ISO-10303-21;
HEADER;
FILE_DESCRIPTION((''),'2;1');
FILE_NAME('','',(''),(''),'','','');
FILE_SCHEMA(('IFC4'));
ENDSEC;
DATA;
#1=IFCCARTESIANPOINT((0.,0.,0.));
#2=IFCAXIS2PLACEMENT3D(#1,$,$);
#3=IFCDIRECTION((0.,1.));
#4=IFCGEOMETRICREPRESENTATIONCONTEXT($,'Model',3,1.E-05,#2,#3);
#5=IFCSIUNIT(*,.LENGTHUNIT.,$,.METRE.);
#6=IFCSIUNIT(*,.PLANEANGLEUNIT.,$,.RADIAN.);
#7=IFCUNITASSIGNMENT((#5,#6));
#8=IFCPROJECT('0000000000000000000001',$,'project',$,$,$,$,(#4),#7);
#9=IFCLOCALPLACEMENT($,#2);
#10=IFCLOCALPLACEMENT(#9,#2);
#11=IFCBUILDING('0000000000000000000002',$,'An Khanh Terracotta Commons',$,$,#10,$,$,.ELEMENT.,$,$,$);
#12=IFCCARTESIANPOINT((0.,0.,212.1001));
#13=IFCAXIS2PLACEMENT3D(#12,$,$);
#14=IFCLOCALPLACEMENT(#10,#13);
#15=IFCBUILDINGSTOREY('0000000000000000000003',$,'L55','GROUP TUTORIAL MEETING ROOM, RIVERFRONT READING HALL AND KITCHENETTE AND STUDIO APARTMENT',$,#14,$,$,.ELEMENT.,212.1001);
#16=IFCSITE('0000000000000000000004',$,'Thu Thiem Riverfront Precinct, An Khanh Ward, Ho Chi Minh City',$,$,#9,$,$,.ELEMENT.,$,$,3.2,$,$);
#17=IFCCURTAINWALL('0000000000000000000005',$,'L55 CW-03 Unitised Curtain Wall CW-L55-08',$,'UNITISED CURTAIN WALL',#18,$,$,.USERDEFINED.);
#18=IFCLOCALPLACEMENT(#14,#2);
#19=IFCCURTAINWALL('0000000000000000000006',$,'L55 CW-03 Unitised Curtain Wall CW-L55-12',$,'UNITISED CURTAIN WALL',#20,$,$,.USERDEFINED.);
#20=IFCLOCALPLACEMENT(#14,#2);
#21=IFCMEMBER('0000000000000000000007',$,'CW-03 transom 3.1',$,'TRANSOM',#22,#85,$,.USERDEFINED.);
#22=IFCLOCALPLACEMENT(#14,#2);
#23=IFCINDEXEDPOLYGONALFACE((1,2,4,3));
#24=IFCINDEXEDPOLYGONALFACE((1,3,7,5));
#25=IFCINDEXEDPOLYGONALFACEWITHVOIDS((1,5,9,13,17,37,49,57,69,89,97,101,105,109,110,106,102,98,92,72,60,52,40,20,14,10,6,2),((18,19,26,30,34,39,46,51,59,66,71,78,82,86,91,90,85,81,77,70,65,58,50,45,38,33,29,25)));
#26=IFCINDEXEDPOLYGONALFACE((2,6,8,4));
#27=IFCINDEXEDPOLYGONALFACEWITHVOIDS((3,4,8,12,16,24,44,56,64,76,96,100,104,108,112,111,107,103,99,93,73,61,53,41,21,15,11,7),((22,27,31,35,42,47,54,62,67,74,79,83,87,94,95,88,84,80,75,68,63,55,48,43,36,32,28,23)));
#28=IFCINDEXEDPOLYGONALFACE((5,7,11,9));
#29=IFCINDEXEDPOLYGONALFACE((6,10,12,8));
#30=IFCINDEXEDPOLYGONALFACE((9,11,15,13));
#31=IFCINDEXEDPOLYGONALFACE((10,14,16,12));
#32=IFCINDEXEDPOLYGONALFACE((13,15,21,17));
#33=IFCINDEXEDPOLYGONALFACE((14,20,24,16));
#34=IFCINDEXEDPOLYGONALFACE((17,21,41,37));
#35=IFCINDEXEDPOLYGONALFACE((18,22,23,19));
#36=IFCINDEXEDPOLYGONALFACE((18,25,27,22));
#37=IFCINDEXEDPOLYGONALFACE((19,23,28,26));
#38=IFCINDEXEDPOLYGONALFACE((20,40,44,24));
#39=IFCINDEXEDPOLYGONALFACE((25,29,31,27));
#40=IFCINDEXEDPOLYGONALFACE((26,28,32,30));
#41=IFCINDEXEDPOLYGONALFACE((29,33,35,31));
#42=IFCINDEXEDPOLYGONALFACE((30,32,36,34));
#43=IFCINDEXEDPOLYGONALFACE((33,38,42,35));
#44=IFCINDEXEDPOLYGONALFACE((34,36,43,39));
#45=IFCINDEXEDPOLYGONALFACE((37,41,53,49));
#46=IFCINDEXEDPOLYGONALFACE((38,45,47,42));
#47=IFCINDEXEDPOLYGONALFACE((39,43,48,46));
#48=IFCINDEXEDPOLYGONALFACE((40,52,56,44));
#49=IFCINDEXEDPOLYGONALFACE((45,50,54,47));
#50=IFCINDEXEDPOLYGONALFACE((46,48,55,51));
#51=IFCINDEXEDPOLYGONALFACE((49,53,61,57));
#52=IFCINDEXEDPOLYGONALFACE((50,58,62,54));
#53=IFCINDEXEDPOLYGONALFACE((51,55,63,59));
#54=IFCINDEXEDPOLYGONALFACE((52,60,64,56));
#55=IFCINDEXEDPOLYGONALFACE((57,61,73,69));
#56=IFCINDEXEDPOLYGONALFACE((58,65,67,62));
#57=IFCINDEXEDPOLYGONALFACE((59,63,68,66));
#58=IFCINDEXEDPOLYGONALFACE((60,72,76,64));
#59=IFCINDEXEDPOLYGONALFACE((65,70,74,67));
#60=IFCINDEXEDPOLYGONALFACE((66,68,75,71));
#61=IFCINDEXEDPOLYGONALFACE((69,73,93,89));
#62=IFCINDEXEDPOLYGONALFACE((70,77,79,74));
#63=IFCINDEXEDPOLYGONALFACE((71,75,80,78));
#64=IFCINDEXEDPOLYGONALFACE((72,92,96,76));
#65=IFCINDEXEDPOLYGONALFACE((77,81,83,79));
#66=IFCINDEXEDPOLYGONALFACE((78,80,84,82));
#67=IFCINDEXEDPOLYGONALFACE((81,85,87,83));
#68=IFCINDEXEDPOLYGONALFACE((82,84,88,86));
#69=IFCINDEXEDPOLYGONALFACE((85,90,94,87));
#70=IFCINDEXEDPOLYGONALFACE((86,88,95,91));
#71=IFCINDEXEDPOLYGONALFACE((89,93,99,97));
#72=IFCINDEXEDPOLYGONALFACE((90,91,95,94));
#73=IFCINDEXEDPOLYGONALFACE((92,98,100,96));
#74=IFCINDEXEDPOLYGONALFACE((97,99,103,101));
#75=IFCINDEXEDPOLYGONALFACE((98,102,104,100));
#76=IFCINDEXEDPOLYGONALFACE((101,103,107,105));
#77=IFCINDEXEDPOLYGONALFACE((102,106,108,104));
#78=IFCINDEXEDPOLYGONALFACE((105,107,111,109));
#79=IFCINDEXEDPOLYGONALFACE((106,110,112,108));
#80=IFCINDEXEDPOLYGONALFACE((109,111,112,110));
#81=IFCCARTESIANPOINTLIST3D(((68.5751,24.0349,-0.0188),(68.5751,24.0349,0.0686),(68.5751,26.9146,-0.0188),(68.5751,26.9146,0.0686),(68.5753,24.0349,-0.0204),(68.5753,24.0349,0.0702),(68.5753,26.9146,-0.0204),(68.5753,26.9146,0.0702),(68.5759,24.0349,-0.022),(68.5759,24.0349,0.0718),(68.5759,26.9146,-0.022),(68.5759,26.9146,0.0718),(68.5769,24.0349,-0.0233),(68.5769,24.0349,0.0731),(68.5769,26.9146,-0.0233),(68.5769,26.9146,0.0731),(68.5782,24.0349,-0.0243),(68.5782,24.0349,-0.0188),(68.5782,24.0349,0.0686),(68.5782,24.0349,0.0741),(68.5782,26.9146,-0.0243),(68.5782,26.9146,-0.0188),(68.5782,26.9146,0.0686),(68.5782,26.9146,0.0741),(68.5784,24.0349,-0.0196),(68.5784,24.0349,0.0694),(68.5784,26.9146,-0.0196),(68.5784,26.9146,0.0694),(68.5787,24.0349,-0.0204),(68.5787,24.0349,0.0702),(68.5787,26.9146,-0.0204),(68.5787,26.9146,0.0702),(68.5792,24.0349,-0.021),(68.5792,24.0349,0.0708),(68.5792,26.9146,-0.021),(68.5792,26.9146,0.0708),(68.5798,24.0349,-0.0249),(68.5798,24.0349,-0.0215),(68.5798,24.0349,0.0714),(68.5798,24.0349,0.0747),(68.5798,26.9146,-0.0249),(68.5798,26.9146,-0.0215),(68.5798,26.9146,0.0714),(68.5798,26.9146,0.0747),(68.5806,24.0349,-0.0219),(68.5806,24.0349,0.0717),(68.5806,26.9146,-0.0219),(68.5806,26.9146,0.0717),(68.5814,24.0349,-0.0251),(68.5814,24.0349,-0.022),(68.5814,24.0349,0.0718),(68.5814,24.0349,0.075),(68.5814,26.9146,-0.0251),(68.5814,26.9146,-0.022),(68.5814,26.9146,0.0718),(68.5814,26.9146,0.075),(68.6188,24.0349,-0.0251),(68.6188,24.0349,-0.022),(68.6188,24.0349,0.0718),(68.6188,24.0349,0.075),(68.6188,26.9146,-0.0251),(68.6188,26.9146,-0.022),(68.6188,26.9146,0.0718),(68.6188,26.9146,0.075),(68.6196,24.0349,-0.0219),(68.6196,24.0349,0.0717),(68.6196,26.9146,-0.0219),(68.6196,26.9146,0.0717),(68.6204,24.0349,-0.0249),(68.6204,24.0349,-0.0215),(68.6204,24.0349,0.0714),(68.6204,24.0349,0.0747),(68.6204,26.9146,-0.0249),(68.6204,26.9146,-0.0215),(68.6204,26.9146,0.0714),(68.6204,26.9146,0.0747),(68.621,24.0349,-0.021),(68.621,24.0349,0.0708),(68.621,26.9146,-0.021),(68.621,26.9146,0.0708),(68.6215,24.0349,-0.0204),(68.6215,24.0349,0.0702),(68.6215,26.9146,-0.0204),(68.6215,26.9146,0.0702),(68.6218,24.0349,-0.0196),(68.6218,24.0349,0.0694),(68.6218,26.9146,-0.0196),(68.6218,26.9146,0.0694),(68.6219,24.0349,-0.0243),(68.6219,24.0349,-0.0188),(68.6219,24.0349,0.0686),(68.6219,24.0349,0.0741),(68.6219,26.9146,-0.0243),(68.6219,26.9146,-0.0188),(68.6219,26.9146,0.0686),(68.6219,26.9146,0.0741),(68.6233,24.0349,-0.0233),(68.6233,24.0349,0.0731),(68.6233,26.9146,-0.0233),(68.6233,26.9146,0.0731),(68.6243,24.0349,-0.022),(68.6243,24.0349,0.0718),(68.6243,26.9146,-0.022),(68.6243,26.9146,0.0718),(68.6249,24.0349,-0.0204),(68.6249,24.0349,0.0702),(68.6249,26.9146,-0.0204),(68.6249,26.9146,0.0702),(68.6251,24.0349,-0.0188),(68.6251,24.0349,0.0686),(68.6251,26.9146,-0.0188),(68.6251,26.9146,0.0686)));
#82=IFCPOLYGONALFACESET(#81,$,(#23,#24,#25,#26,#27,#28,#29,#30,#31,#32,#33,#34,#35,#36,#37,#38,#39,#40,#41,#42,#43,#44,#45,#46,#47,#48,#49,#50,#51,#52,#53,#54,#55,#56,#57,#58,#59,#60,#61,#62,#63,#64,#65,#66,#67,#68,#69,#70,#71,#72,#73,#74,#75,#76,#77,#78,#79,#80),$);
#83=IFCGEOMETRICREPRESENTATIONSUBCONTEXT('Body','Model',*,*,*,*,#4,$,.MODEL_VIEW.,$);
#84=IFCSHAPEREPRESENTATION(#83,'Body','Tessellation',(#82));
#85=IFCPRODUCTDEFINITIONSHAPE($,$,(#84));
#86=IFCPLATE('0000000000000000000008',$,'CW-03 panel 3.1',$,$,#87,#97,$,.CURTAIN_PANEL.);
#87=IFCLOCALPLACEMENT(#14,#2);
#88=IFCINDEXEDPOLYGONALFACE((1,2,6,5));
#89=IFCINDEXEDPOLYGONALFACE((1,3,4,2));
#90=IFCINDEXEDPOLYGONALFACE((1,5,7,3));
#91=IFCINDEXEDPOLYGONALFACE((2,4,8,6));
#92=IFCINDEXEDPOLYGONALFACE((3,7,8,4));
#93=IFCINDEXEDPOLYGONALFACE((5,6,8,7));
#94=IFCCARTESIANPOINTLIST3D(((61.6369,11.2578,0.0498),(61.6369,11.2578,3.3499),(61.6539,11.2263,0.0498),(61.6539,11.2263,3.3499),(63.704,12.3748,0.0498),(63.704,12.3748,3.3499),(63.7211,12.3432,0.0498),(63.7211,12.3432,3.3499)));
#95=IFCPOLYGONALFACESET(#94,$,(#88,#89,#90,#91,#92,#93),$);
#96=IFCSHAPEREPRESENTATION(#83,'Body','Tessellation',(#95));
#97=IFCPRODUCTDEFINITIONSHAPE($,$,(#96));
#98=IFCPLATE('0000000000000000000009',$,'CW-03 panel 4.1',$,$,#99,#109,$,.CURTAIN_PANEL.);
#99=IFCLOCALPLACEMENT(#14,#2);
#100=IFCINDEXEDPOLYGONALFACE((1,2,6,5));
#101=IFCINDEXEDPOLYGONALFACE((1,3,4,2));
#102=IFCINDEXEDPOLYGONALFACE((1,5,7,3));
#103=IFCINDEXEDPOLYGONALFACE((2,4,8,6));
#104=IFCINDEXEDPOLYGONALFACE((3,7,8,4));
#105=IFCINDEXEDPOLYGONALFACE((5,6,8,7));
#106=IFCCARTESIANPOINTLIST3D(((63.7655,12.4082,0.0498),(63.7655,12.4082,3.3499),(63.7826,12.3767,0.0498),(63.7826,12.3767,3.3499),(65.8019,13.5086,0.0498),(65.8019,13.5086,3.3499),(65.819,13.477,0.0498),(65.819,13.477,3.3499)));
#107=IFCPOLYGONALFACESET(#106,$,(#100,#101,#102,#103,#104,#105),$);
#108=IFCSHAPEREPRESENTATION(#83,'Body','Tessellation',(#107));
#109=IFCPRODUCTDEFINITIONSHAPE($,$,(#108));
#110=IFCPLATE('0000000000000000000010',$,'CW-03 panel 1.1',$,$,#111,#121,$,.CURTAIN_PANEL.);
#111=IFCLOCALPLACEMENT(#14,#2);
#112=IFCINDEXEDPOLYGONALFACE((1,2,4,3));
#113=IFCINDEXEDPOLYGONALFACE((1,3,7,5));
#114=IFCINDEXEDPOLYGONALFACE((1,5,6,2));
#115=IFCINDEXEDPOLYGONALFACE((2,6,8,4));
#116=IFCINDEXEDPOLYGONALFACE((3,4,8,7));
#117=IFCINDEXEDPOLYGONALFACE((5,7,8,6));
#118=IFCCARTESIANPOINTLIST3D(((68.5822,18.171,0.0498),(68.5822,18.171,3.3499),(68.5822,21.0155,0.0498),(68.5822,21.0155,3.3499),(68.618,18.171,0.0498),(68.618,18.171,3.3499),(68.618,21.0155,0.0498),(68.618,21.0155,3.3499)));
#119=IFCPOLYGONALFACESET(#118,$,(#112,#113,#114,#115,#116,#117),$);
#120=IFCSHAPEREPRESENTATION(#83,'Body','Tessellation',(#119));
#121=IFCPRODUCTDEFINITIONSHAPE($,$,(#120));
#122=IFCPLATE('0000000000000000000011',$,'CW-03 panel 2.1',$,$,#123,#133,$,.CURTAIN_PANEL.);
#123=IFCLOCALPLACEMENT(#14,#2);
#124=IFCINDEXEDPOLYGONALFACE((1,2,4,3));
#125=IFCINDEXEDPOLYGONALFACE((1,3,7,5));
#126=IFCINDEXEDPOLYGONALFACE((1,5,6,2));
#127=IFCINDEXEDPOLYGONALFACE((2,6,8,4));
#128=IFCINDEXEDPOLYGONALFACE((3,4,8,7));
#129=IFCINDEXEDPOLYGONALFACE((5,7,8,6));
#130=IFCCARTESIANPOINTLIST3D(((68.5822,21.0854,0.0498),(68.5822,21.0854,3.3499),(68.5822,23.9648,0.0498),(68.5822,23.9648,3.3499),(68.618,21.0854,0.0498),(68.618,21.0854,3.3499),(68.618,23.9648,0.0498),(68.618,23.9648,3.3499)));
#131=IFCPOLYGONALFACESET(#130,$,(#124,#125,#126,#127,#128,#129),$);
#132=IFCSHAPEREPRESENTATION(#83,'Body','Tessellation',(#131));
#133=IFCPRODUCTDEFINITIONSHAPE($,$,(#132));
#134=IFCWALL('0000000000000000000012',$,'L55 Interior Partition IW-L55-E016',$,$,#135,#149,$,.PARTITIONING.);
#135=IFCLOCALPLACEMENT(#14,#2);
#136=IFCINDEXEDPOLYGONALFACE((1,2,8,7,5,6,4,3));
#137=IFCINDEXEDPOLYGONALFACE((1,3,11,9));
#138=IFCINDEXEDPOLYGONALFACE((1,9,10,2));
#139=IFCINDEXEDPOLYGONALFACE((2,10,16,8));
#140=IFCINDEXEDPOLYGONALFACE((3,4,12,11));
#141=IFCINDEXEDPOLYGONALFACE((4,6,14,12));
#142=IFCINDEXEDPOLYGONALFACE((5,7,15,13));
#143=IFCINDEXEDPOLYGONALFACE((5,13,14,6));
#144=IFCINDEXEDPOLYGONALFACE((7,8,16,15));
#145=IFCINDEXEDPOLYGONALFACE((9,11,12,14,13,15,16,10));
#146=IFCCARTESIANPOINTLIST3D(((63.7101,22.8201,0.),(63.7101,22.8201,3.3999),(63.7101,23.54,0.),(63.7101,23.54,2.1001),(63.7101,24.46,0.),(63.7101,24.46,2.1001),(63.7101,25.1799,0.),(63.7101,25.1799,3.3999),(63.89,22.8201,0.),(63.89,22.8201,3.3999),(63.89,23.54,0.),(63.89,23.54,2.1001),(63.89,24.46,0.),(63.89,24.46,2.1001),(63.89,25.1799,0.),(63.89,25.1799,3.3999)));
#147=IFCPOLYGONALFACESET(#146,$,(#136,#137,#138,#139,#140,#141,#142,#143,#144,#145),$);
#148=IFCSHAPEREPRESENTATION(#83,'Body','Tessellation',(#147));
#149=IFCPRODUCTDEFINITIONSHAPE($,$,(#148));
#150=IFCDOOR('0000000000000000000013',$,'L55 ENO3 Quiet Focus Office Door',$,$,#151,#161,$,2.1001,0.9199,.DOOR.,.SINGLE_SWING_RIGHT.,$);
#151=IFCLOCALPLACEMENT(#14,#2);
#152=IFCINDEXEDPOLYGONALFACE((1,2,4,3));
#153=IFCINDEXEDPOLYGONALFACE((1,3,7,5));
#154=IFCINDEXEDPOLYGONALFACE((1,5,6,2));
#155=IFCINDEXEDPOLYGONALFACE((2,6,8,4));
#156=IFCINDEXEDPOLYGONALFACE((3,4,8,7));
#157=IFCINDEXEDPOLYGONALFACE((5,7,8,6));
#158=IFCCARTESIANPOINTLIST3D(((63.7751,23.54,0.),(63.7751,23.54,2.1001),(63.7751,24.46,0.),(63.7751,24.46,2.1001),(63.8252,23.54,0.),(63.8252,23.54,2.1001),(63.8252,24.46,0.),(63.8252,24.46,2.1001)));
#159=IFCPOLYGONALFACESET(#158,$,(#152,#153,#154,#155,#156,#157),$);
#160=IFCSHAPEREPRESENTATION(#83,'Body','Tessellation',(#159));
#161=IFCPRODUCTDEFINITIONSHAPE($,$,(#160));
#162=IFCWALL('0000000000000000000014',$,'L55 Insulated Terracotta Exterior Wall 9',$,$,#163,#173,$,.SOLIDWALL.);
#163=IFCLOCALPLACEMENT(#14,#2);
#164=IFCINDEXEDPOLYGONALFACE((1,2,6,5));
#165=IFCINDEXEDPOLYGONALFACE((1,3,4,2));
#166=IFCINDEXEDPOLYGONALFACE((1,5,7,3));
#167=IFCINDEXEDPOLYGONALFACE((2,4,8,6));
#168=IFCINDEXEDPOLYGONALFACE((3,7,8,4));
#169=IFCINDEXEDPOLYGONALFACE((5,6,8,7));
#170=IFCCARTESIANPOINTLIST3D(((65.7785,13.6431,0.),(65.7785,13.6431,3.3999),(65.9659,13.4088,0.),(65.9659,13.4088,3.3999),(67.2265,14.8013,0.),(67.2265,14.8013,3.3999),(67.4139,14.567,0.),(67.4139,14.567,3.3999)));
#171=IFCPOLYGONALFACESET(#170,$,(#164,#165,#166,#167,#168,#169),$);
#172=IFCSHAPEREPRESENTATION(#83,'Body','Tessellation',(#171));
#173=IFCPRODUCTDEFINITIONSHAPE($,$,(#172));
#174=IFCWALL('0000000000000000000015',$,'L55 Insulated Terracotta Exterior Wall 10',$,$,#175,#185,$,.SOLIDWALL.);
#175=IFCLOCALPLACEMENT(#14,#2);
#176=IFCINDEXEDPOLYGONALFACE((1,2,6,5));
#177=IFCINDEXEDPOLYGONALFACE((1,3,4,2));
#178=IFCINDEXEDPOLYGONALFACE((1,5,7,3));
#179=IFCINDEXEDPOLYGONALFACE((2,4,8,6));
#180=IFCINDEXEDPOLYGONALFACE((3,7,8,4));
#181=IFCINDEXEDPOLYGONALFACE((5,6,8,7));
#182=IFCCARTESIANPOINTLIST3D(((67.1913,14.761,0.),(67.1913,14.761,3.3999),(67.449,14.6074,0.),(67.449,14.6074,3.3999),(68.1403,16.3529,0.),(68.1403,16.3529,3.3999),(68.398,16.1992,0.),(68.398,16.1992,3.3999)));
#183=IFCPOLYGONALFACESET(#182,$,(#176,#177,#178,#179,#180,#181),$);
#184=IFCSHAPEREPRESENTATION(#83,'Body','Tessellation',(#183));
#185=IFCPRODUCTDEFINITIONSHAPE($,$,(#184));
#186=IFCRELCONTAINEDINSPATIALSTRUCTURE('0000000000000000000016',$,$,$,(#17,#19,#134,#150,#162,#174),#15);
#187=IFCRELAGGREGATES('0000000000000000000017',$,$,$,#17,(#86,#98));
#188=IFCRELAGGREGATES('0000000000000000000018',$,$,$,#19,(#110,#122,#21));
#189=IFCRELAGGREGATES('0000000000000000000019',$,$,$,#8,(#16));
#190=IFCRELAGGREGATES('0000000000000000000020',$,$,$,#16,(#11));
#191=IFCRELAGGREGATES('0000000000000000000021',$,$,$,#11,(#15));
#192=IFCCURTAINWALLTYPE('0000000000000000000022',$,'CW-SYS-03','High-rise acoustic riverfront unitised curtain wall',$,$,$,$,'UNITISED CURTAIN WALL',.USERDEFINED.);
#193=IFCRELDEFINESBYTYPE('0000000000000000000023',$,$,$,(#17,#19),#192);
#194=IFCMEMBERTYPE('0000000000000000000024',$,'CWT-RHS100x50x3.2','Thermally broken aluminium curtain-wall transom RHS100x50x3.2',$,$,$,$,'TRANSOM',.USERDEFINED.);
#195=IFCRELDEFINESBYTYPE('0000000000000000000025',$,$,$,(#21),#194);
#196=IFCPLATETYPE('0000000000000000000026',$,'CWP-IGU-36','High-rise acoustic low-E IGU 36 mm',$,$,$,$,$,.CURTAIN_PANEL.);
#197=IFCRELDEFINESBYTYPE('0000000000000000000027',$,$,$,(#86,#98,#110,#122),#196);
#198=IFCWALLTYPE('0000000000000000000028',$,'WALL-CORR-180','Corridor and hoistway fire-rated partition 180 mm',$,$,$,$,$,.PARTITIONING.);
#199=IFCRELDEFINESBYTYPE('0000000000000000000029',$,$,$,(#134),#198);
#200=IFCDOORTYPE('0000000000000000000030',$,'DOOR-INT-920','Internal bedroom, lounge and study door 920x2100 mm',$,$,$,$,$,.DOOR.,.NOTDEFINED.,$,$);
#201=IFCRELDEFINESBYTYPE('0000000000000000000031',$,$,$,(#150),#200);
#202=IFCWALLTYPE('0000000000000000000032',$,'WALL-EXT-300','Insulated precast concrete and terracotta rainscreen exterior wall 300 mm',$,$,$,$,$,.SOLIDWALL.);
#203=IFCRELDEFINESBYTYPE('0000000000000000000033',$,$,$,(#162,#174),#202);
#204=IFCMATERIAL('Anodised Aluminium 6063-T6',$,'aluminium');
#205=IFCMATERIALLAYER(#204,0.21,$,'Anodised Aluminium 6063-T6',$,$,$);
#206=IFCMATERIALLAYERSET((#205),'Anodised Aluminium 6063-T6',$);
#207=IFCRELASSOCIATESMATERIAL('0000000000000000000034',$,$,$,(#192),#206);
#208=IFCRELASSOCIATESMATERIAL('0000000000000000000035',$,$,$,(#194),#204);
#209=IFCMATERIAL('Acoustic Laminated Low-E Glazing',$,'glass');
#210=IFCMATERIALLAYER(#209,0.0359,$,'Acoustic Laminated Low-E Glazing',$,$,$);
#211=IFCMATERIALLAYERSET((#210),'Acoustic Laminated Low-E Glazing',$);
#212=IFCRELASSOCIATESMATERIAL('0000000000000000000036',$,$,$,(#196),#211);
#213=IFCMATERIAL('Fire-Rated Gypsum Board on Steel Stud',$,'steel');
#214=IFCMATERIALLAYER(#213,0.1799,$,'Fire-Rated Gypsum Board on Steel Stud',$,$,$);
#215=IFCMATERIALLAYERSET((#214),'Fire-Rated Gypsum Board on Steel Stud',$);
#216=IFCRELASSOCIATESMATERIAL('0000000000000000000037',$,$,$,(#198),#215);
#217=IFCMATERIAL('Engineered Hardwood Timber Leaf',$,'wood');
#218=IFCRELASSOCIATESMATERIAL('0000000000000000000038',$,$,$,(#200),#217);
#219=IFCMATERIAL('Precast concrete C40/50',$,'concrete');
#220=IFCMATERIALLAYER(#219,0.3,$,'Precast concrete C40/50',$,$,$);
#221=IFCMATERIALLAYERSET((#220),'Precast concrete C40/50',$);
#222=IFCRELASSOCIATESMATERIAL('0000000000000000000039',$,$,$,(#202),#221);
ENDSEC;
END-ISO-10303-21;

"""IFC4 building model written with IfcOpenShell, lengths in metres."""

from ifc_helpers import new_model, si_unit, direction, frame, frame_2d, origin, origin_2d, place, context, subcontext, project, spatial, rectangle, hollow_rectangle, extrude, material, layer, layer_set, material_profile, profile_set, type_object, element, fill, aggregate, save


model = new_model("IFC4")

# Units and contexts
model_context = context("Model", 3, precision=1e-05, world=origin(), true_north=direction((0.0, 1.0)))
body_context = subcontext(model_context, "Body", "Model", "MODEL_VIEW")
ifc_project = project(units=[si_unit("LENGTHUNIT", "METRE"), si_unit("PLANEANGLEUNIT", "RADIAN")], contexts=[model_context])

# Site, building, storey
site_placement = place(None, origin())
site = spatial("IfcSite", under=ifc_project, at=site_placement, Name="Thu Thiem Riverfront Precinct, An Khanh Ward, Ho Chi Minh City", CompositionType="ELEMENT", RefElevation=3.2)
building_placement = place(site_placement, origin())
building = spatial("IfcBuilding", under=site, at=building_placement, Name="An Khanh Terracotta Commons", CompositionType="ELEMENT")
storey_placement = place(building_placement, frame((0.0, 0.0, 212.1001)))
storey = spatial("IfcBuildingStorey", under=building, at=storey_placement, Name="L55", Description="GROUP TUTORIAL MEETING ROOM, RIVERFRONT READING HALL AND KITCHENETTE AND STUDIO APARTMENT", CompositionType="ELEMENT", Elevation=212.1001)

# Curtain walls
ifc_material_1 = material(Name="Anodised Aluminium 6063-T6", Category="aluminium")
ifc_layer_1 = layer(ifc_material_1, 0.21, Name="Anodised Aluminium 6063-T6")
ifc_layer_set_1 = layer_set([ifc_layer_1], Name="Anodised Aluminium 6063-T6")
curtain_wall_type = type_object("IfcCurtainWallType", Name="CW-SYS-03", Description="High-rise acoustic riverfront unitised curtain wall", ElementType="UNITISED CURTAIN WALL", PredefinedType="USERDEFINED", material=ifc_layer_set_1)
curtain_wall_1_placement = place(storey_placement, origin())
curtain_wall_1 = element("IfcCurtainWall", 1, at=curtain_wall_1_placement, inside=storey, type_object=curtain_wall_type, Name="L55 CW-03 Unitised Curtain Wall CW-L55-08", ObjectType="UNITISED CURTAIN WALL", PredefinedType="USERDEFINED")
curtain_wall_2_placement = place(storey_placement, origin())
curtain_wall_2 = element("IfcCurtainWall", 2, at=curtain_wall_2_placement, inside=storey, type_object=curtain_wall_type, Name="L55 CW-03 Unitised Curtain Wall CW-L55-12", ObjectType="UNITISED CURTAIN WALL", PredefinedType="USERDEFINED")

# Member
ifc_material_profile_1 = material_profile(ifc_material_1, hollow_rectangle(XDim=0.05, YDim=0.1001, WallThickness=0.0032, InnerFilletRadius=0.0032, OuterFilletRadius=0.0063, at=origin_2d()), Name="RHS100x50x3.2")
ifc_profile_set_1 = profile_set([ifc_material_profile_1], Name="Anodised Aluminium 6063-T6")
member_type_1 = type_object("IfcMemberType", Name="CWT-RHS100x50x3.2", Description="Thermally broken aluminium curtain-wall transom RHS100x50x3.2", ElementType="TRANSOM", PredefinedType="USERDEFINED", material=ifc_profile_set_1)
member_1_placement = place(storey_placement, frame((68.6001, 24.0349, 0.0249), z_axis=(0.0, 1.0, 0.0), x_axis=(-1.0, 0.0, 0.0)))
member_1 = element("IfcMember", 3, at=member_1_placement, type_object=member_type_1, Name="CW-03 transom 3.1", ObjectType="TRANSOM", PredefinedType="USERDEFINED", context=body_context, shape_type="SweptSolid", body=[
    extrude(hollow_rectangle(XDim=0.05, YDim=0.1001, WallThickness=0.0032, InnerFilletRadius=0.0032, OuterFilletRadius=0.0063, at=origin_2d()), origin(), (0.0, 0.0, 1.0), 2.8796),
])

# Plates
ifc_material_2 = material(Name="Acoustic Laminated Low-E Glazing", Category="glass")
ifc_layer_2 = layer(ifc_material_2, 0.0359, Name="Acoustic Laminated Low-E Glazing")
ifc_layer_set_2 = layer_set([ifc_layer_2], Name="Acoustic Laminated Low-E Glazing")
plate_type = type_object("IfcPlateType", Name="CWP-IGU-36", Description="High-rise acoustic low-E IGU 36 mm", PredefinedType="CURTAIN_PANEL", material=ifc_layer_set_2)
plate_1_placement = place(storey_placement, frame((62.679, 11.8005, 0.0498), z_axis=(0.0, 0.0, 1.0), x_axis=(0.87978, 0.475381, 0.0)))
plate_1 = element("IfcPlate", 4, at=plate_1_placement, type_object=plate_type, Name="CW-03 panel 3.1", PredefinedType="CURTAIN_PANEL", context=body_context, shape_type="SweptSolid", body=[
    extrude(rectangle(XDim=2.3496, YDim=0.0359, at=origin_2d()), origin(), (0.0, 0.0, 1.0), 3.3),
])
plate_2_placement = place(storey_placement, frame((64.7922, 12.9426, 0.0498), z_axis=(0.0, 0.0, 1.0), x_axis=(0.87978, 0.475381, 0.0)))
plate_2 = element("IfcPlate", 5, at=plate_2_placement, type_object=plate_type, Name="CW-03 panel 4.1", PredefinedType="CURTAIN_PANEL", context=body_context, shape_type="SweptSolid", body=[
    extrude(rectangle(XDim=2.3147, YDim=0.0359, at=origin_2d()), origin(), (0.0, 0.0, 1.0), 3.3),
])
aggregate(curtain_wall_1, [plate_1, plate_2])
plate_3_placement = place(storey_placement, frame((68.6001, 19.5933, 0.0498), z_axis=(0.0, 0.0, 1.0), x_axis=(0.0, 1.0, 0.0)))
plate_3 = element("IfcPlate", 6, at=plate_3_placement, type_object=plate_type, Name="CW-03 panel 1.1", PredefinedType="CURTAIN_PANEL", context=body_context, shape_type="SweptSolid", body=[
    extrude(rectangle(XDim=2.8445, YDim=0.0359, at=origin_2d()), origin(), (0.0, 0.0, 1.0), 3.3),
])
plate_4_placement = place(storey_placement, frame((68.6001, 22.5251, 0.0498), z_axis=(0.0, 0.0, 1.0), x_axis=(0.0, 1.0, 0.0)))
plate_4 = element("IfcPlate", 7, at=plate_4_placement, type_object=plate_type, Name="CW-03 panel 2.1", PredefinedType="CURTAIN_PANEL", context=body_context, shape_type="SweptSolid", body=[
    extrude(rectangle(XDim=2.8794, YDim=0.0359, at=origin_2d()), origin(), (0.0, 0.0, 1.0), 3.3),
])
aggregate(curtain_wall_2, [plate_3, plate_4, member_1])

# Wall, opening, door
ifc_material_3 = material(Name="Fire-Rated Gypsum Board on Steel Stud", Category="steel")
ifc_layer_3 = layer(ifc_material_3, 0.1799, Name="Fire-Rated Gypsum Board on Steel Stud")
ifc_layer_set_3 = layer_set([ifc_layer_3], Name="Fire-Rated Gypsum Board on Steel Stud")
wall_type_1 = type_object("IfcWallType", Name="WALL-CORR-180", Description="Corridor and hoistway fire-rated partition 180 mm", PredefinedType="PARTITIONING", material=ifc_layer_set_3)
wall_1_placement = place(storey_placement, frame((63.8, 22.8201, 0.0), z_axis=(0.0, 0.0, 1.0), x_axis=(0.0, 1.0, 0.0)))
wall_1 = element("IfcWall", 8, at=wall_1_placement, inside=storey, type_object=wall_type_1, Name="L55 Interior Partition IW-L55-E016", PredefinedType="PARTITIONING", context=body_context, shape_type="SweptSolid", body=[
    extrude(rectangle(XDim=2.3599, YDim=0.1799, at=frame_2d((1.1799, 0.0))), origin(), (0.0, 0.0, 1.0), 3.3999),
])
opening_placement = place(wall_1_placement, frame((0.72, 0.0, 0.0)))
opening = element("IfcOpeningElement", 9, at=opening_placement, cuts=wall_1, PredefinedType="OPENING", context=body_context, shape_type="SweptSolid", body=[
    extrude(rectangle(XDim=0.9199, YDim=2.1001, at=frame_2d((0.46, 1.05))), frame((0.0, 0.0999, 0.0), z_axis=(0.0, -1.0, 0.0), x_axis=(1.0, 0.0, 0.0)), (0.0, 0.0, 1.0), 0.2),
])
ifc_material_4 = material(Name="Engineered Hardwood Timber Leaf", Category="wood")
door_type = type_object("IfcDoorType", Name="DOOR-INT-920", Description="Internal bedroom, lounge and study door 920x2100 mm", OperationType="NOTDEFINED", PredefinedType="DOOR", material=ifc_material_4)
door_placement = place(opening_placement, origin())
door = element("IfcDoor", 10, at=door_placement, inside=storey, type_object=door_type, Name="L55 ENO3 Quiet Focus Office Door", OperationType="SINGLE_SWING_RIGHT", OverallHeight=2.1001, OverallWidth=0.9199, PredefinedType="DOOR", context=body_context, shape_type="SweptSolid", body=[
    extrude(rectangle(XDim=0.9199, YDim=2.1001, at=frame_2d((0.46, 1.05))), frame((0.0, 0.0249, 0.0), z_axis=(0.0, -1.0, 0.0), x_axis=(1.0, 0.0, 0.0)), (0.0, 0.0, 1.0), 0.05),
])
fill(opening, door)

# Walls
ifc_material_5 = material(Name="Precast concrete C40/50", Category="concrete")
ifc_layer_4 = layer(ifc_material_5, 0.3, Name="Precast concrete C40/50")
ifc_layer_set_4 = layer_set([ifc_layer_4], Name="Precast concrete C40/50")
wall_type_2 = type_object("IfcWallType", Name="WALL-EXT-300", Description="Insulated precast concrete and terracotta rainscreen exterior wall 300 mm", PredefinedType="SOLIDWALL", material=ifc_layer_set_4)
wall_2_placement = place(storey_placement, frame((65.8721, 13.5259, 0.0), z_axis=(0.0, 0.0, 1.0), x_axis=(0.78092, 0.624631, 0.0)))
element("IfcWall", 11, at=wall_2_placement, inside=storey, type_object=wall_type_2, Name="L55 Insulated Terracotta Exterior Wall 9", PredefinedType="SOLIDWALL", context=body_context, shape_type="SweptSolid", body=[
    extrude(rectangle(XDim=1.8542, YDim=0.3, at=frame_2d((0.9272, 0.0))), origin(), (0.0, 0.0, 1.0), 3.3999),
])
wall_3_placement = place(storey_placement, frame((67.3201, 14.6841, 0.0), z_axis=(0.0, 0.0, 1.0), x_axis=(0.512072, 0.858943, 0.0)))
element("IfcWall", 12, at=wall_3_placement, inside=storey, type_object=wall_type_2, Name="L55 Insulated Terracotta Exterior Wall 10", PredefinedType="SOLIDWALL", context=body_context, shape_type="SweptSolid", body=[
    extrude(rectangle(XDim=1.8533, YDim=0.3, at=frame_2d((0.9268, 0.0))), origin(), (0.0, 0.0, 1.0), 3.3999),
])

save(model, "model.ifc")
